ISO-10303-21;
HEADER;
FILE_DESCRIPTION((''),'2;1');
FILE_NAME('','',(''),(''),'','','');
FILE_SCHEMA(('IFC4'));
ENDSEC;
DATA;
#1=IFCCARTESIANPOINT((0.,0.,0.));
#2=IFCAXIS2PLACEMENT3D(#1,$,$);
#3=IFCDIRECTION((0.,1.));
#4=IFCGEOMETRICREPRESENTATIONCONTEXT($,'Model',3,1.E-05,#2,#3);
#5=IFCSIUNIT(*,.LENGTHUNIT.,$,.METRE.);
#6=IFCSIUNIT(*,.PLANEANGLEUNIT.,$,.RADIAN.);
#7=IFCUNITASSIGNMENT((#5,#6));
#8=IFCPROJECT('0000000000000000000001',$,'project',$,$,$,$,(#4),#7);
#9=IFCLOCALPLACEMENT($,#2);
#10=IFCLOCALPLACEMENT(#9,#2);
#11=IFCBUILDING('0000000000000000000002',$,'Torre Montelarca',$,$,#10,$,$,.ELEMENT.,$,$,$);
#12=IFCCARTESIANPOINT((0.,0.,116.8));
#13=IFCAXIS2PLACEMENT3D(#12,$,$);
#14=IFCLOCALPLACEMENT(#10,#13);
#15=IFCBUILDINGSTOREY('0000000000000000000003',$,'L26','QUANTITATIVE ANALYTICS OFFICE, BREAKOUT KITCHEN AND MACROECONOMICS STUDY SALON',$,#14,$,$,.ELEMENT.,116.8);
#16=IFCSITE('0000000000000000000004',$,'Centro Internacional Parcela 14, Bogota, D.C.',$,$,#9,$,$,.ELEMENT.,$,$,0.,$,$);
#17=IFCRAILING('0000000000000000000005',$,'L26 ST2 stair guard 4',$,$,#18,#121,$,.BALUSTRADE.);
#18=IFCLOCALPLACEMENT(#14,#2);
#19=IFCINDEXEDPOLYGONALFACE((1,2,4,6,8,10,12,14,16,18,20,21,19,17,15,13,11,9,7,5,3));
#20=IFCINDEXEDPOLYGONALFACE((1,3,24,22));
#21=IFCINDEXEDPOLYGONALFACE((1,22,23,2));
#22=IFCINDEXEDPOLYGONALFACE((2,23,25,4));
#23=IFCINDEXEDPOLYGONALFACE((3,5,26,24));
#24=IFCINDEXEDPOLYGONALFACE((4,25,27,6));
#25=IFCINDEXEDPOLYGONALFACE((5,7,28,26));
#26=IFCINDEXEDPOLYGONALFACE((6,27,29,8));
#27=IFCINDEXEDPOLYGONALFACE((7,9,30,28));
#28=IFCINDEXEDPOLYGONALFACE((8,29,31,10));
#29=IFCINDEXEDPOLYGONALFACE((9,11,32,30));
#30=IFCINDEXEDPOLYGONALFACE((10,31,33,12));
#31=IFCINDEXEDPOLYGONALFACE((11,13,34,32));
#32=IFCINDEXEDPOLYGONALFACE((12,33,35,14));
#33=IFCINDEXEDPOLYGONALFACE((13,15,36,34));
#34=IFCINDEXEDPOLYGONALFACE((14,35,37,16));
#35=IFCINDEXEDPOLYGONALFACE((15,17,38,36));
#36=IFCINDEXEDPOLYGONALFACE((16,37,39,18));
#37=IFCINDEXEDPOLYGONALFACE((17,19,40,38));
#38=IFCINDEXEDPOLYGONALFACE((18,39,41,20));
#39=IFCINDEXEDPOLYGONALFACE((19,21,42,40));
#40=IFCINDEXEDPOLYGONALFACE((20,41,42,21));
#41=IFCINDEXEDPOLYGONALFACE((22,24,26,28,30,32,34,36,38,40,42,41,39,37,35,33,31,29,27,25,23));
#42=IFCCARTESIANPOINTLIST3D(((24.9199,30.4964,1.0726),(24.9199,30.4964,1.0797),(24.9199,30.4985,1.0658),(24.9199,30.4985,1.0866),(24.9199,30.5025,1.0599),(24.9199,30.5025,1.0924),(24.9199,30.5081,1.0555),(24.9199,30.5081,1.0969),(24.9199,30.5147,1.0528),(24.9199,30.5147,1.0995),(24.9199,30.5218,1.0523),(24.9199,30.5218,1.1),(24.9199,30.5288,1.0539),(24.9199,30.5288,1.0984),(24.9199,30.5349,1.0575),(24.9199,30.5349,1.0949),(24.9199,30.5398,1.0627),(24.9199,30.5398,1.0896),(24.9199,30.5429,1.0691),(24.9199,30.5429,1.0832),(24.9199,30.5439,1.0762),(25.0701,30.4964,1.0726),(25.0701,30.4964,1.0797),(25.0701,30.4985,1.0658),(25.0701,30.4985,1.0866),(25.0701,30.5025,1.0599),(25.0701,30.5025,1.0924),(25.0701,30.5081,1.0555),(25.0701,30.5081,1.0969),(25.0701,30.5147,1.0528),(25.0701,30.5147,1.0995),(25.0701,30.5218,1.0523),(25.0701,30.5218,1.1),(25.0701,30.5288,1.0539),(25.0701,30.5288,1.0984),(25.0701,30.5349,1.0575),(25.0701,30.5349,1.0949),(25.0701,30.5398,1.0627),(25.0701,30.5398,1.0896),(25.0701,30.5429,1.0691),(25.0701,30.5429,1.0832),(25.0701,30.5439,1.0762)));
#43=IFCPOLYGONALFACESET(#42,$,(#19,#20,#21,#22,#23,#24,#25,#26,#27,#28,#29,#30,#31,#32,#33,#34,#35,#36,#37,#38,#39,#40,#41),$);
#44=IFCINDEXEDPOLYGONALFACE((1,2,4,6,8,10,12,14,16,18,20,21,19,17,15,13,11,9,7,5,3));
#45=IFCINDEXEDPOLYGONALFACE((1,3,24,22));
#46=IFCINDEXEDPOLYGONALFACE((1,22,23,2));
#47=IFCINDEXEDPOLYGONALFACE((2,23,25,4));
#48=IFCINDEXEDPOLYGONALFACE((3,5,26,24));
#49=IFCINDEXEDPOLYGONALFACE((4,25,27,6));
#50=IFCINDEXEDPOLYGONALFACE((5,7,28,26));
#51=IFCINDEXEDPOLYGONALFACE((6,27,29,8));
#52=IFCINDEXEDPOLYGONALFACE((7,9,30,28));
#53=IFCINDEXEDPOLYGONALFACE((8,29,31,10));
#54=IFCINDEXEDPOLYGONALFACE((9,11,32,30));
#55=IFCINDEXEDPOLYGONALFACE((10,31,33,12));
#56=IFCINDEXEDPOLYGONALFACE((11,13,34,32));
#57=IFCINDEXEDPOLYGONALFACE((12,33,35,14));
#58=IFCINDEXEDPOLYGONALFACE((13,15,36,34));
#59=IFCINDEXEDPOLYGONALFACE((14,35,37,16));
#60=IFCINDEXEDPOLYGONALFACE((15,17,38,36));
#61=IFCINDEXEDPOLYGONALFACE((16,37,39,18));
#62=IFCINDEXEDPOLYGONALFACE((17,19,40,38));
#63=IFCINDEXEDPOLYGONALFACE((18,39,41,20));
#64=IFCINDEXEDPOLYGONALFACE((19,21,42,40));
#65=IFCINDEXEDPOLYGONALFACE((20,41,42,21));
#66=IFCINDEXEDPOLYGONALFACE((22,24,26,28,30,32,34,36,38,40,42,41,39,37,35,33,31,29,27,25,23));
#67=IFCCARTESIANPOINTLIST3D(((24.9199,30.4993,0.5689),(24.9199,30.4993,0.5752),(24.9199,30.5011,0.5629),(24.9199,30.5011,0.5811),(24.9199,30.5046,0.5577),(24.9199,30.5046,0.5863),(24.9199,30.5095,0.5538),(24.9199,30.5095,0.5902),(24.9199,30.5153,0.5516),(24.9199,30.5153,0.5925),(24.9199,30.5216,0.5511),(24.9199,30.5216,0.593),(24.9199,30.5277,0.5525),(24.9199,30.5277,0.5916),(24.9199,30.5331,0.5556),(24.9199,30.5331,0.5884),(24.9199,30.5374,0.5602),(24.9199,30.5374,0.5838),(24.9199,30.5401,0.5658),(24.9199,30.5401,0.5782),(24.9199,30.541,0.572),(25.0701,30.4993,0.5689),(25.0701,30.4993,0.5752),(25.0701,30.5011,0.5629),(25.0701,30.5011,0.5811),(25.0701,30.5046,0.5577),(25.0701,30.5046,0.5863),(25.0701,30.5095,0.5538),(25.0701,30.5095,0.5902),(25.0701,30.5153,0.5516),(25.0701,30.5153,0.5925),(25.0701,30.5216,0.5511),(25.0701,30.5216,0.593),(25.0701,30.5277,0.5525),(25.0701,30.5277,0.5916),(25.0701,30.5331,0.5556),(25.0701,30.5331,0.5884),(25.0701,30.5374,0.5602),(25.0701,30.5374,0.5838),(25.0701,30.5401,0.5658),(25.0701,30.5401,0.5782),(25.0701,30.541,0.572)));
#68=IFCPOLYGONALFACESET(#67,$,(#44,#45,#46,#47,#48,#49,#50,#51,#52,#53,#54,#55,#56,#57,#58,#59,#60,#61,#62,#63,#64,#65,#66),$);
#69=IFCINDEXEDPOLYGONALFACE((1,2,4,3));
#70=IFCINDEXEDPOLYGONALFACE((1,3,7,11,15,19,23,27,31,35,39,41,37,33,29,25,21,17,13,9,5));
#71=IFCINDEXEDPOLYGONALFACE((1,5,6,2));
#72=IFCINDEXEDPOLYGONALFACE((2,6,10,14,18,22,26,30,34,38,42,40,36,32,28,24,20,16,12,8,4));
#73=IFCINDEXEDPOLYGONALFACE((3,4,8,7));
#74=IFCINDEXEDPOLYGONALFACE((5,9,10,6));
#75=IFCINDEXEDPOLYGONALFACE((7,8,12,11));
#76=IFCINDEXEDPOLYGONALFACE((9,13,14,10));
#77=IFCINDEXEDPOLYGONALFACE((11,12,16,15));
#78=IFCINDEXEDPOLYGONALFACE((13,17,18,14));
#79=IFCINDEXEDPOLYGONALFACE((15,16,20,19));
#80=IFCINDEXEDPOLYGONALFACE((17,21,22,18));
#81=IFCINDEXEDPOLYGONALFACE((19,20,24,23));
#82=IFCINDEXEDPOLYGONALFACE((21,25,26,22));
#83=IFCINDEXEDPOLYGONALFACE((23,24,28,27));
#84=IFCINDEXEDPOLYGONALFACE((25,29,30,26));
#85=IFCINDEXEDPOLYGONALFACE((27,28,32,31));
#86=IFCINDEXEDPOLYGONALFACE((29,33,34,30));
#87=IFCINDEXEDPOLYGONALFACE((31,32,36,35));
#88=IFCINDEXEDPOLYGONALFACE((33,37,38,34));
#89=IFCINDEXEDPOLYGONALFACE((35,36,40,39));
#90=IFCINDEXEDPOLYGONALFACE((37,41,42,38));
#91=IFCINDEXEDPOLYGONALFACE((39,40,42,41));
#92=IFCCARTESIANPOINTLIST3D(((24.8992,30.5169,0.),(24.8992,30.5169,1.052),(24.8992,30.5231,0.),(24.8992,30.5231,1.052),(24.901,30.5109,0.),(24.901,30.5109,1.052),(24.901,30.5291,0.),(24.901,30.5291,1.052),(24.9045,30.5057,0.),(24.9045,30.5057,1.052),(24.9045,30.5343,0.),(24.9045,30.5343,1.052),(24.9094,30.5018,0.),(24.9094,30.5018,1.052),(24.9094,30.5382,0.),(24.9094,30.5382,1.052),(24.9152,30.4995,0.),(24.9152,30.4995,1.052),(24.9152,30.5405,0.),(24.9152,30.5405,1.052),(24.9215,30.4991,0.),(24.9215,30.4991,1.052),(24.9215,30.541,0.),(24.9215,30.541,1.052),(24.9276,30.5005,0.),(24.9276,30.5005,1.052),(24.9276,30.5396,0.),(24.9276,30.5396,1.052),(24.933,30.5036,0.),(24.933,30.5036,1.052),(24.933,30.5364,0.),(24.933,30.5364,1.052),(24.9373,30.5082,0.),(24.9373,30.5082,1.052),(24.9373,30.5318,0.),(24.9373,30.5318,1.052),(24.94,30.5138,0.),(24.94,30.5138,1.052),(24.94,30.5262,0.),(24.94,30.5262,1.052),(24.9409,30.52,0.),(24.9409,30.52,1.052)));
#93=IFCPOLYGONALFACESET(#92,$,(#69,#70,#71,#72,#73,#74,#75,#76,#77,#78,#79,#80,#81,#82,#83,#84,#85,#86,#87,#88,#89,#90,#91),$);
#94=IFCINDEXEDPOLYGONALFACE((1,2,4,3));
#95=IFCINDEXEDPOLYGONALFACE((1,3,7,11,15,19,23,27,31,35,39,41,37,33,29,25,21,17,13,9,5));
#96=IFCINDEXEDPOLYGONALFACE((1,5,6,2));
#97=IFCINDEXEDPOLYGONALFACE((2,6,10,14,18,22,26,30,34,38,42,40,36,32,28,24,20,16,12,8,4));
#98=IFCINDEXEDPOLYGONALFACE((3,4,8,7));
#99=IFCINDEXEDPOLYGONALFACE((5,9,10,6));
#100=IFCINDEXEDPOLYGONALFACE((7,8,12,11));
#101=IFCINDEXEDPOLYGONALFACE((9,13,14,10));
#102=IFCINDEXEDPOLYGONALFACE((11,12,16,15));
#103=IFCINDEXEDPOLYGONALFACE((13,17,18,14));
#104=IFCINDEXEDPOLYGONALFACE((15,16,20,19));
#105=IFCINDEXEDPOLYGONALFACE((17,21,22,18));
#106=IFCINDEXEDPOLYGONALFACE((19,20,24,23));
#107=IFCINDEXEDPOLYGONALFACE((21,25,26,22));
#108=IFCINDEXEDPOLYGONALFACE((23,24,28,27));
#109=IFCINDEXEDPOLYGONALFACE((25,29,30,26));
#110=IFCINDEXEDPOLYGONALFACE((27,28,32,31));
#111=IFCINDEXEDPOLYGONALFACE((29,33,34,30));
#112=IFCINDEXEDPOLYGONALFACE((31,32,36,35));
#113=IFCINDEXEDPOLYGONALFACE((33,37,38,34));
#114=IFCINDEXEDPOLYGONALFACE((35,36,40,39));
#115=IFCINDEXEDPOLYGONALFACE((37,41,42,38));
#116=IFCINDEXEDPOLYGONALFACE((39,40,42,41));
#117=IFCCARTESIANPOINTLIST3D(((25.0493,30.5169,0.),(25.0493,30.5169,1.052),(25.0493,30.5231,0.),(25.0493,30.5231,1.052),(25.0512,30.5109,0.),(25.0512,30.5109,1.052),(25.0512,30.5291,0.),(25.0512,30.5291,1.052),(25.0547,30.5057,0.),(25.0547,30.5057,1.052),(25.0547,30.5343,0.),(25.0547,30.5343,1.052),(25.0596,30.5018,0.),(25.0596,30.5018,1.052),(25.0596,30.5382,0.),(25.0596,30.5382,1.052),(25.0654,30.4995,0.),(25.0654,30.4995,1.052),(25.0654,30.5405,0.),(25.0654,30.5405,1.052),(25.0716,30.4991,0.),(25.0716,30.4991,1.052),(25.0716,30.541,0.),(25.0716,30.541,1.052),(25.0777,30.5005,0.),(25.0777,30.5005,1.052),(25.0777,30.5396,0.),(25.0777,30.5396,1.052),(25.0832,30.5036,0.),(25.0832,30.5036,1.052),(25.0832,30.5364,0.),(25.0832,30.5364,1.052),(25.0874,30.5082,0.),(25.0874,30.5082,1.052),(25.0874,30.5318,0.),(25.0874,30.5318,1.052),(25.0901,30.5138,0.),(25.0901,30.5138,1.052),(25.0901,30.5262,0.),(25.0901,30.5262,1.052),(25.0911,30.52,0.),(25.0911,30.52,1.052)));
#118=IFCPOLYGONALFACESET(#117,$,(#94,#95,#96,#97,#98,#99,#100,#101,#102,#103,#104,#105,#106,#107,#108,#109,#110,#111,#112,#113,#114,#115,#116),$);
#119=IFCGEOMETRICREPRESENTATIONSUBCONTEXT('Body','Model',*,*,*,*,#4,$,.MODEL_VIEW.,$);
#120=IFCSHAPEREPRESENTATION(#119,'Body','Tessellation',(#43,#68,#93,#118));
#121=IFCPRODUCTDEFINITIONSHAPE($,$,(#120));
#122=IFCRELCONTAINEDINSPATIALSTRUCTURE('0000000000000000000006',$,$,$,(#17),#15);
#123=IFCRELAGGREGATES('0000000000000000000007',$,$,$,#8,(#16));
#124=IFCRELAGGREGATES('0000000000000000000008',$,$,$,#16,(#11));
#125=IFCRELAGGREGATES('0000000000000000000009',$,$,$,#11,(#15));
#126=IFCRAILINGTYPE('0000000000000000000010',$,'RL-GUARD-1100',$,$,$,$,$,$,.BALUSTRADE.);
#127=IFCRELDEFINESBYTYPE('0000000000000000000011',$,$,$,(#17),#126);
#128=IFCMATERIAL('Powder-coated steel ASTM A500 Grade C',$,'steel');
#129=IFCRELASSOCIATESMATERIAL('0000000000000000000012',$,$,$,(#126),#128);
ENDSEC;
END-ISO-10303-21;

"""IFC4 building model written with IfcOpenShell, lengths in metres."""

from ifc_helpers import new_model, si_unit, direction, frame, origin, origin_2d, place, context, subcontext, project, spatial, circle, extrude, material, type_object, element, save


model = new_model("IFC4")

# Units and contexts
model_context = context("Model", 3, precision=1e-05, world=origin(), true_north=direction((0.0, 1.0)))
body_context = subcontext(model_context, "Body", "Model", "MODEL_VIEW")
ifc_project = project(units=[si_unit("LENGTHUNIT", "METRE"), si_unit("PLANEANGLEUNIT", "RADIAN")], contexts=[model_context])

# Site, building, storey
site_placement = place(None, origin())
site = spatial("IfcSite", under=ifc_project, at=site_placement, Name="Centro Internacional Parcela 14, Bogota, D.C.", CompositionType="ELEMENT", RefElevation=0.0)
building_placement = place(site_placement, origin())
building = spatial("IfcBuilding", under=site, at=building_placement, Name="Torre Montelarca", CompositionType="ELEMENT")
storey_placement = place(building_placement, frame((0.0, 0.0, 116.8)))
storey = spatial("IfcBuildingStorey", under=building, at=storey_placement, Name="L26", Description="QUANTITATIVE ANALYTICS OFFICE, BREAKOUT KITCHEN AND MACROECONOMICS STUDY SALON", CompositionType="ELEMENT", Elevation=116.8)

# Railing
ifc_material_1 = material(Name="Powder-coated steel ASTM A500 Grade C", Category="steel")
railing_type_1 = type_object("IfcRailingType", Name="RL-GUARD-1100", PredefinedType="BALUSTRADE", material=ifc_material_1)
railing_1_placement = place(storey_placement, frame((24.9199, 30.52, 0.0)))
element("IfcRailing", 1, at=railing_1_placement, inside=storey, type_object=railing_type_1, Name="L26 ST2 stair guard 4", PredefinedType="BALUSTRADE", context=body_context, shape_type="SweptSolid", body=[
    extrude(circle(Radius=0.0239, at=origin_2d()), frame((0.0, 0.0, 1.0762), z_axis=(1.0, 0.0, 0.0), x_axis=(0.0, 1.0, 0.0)), (0.0, 0.0, 1.0), 0.1501),
    extrude(circle(Radius=0.021, at=origin_2d()), frame((0.0, 0.0, 0.572), z_axis=(1.0, 0.0, 0.0), x_axis=(0.0, 1.0, 0.0)), (0.0, 0.0, 1.0), 0.1501),
    extrude(circle(Radius=0.021, at=origin_2d()), origin(), (0.0, 0.0, 1.0), 1.052),
    extrude(circle(Radius=0.021, at=origin_2d()), frame((0.1501, 0.0, 0.0)), (0.0, 0.0, 1.0), 1.052),
])

save(model, "model.ifc")
